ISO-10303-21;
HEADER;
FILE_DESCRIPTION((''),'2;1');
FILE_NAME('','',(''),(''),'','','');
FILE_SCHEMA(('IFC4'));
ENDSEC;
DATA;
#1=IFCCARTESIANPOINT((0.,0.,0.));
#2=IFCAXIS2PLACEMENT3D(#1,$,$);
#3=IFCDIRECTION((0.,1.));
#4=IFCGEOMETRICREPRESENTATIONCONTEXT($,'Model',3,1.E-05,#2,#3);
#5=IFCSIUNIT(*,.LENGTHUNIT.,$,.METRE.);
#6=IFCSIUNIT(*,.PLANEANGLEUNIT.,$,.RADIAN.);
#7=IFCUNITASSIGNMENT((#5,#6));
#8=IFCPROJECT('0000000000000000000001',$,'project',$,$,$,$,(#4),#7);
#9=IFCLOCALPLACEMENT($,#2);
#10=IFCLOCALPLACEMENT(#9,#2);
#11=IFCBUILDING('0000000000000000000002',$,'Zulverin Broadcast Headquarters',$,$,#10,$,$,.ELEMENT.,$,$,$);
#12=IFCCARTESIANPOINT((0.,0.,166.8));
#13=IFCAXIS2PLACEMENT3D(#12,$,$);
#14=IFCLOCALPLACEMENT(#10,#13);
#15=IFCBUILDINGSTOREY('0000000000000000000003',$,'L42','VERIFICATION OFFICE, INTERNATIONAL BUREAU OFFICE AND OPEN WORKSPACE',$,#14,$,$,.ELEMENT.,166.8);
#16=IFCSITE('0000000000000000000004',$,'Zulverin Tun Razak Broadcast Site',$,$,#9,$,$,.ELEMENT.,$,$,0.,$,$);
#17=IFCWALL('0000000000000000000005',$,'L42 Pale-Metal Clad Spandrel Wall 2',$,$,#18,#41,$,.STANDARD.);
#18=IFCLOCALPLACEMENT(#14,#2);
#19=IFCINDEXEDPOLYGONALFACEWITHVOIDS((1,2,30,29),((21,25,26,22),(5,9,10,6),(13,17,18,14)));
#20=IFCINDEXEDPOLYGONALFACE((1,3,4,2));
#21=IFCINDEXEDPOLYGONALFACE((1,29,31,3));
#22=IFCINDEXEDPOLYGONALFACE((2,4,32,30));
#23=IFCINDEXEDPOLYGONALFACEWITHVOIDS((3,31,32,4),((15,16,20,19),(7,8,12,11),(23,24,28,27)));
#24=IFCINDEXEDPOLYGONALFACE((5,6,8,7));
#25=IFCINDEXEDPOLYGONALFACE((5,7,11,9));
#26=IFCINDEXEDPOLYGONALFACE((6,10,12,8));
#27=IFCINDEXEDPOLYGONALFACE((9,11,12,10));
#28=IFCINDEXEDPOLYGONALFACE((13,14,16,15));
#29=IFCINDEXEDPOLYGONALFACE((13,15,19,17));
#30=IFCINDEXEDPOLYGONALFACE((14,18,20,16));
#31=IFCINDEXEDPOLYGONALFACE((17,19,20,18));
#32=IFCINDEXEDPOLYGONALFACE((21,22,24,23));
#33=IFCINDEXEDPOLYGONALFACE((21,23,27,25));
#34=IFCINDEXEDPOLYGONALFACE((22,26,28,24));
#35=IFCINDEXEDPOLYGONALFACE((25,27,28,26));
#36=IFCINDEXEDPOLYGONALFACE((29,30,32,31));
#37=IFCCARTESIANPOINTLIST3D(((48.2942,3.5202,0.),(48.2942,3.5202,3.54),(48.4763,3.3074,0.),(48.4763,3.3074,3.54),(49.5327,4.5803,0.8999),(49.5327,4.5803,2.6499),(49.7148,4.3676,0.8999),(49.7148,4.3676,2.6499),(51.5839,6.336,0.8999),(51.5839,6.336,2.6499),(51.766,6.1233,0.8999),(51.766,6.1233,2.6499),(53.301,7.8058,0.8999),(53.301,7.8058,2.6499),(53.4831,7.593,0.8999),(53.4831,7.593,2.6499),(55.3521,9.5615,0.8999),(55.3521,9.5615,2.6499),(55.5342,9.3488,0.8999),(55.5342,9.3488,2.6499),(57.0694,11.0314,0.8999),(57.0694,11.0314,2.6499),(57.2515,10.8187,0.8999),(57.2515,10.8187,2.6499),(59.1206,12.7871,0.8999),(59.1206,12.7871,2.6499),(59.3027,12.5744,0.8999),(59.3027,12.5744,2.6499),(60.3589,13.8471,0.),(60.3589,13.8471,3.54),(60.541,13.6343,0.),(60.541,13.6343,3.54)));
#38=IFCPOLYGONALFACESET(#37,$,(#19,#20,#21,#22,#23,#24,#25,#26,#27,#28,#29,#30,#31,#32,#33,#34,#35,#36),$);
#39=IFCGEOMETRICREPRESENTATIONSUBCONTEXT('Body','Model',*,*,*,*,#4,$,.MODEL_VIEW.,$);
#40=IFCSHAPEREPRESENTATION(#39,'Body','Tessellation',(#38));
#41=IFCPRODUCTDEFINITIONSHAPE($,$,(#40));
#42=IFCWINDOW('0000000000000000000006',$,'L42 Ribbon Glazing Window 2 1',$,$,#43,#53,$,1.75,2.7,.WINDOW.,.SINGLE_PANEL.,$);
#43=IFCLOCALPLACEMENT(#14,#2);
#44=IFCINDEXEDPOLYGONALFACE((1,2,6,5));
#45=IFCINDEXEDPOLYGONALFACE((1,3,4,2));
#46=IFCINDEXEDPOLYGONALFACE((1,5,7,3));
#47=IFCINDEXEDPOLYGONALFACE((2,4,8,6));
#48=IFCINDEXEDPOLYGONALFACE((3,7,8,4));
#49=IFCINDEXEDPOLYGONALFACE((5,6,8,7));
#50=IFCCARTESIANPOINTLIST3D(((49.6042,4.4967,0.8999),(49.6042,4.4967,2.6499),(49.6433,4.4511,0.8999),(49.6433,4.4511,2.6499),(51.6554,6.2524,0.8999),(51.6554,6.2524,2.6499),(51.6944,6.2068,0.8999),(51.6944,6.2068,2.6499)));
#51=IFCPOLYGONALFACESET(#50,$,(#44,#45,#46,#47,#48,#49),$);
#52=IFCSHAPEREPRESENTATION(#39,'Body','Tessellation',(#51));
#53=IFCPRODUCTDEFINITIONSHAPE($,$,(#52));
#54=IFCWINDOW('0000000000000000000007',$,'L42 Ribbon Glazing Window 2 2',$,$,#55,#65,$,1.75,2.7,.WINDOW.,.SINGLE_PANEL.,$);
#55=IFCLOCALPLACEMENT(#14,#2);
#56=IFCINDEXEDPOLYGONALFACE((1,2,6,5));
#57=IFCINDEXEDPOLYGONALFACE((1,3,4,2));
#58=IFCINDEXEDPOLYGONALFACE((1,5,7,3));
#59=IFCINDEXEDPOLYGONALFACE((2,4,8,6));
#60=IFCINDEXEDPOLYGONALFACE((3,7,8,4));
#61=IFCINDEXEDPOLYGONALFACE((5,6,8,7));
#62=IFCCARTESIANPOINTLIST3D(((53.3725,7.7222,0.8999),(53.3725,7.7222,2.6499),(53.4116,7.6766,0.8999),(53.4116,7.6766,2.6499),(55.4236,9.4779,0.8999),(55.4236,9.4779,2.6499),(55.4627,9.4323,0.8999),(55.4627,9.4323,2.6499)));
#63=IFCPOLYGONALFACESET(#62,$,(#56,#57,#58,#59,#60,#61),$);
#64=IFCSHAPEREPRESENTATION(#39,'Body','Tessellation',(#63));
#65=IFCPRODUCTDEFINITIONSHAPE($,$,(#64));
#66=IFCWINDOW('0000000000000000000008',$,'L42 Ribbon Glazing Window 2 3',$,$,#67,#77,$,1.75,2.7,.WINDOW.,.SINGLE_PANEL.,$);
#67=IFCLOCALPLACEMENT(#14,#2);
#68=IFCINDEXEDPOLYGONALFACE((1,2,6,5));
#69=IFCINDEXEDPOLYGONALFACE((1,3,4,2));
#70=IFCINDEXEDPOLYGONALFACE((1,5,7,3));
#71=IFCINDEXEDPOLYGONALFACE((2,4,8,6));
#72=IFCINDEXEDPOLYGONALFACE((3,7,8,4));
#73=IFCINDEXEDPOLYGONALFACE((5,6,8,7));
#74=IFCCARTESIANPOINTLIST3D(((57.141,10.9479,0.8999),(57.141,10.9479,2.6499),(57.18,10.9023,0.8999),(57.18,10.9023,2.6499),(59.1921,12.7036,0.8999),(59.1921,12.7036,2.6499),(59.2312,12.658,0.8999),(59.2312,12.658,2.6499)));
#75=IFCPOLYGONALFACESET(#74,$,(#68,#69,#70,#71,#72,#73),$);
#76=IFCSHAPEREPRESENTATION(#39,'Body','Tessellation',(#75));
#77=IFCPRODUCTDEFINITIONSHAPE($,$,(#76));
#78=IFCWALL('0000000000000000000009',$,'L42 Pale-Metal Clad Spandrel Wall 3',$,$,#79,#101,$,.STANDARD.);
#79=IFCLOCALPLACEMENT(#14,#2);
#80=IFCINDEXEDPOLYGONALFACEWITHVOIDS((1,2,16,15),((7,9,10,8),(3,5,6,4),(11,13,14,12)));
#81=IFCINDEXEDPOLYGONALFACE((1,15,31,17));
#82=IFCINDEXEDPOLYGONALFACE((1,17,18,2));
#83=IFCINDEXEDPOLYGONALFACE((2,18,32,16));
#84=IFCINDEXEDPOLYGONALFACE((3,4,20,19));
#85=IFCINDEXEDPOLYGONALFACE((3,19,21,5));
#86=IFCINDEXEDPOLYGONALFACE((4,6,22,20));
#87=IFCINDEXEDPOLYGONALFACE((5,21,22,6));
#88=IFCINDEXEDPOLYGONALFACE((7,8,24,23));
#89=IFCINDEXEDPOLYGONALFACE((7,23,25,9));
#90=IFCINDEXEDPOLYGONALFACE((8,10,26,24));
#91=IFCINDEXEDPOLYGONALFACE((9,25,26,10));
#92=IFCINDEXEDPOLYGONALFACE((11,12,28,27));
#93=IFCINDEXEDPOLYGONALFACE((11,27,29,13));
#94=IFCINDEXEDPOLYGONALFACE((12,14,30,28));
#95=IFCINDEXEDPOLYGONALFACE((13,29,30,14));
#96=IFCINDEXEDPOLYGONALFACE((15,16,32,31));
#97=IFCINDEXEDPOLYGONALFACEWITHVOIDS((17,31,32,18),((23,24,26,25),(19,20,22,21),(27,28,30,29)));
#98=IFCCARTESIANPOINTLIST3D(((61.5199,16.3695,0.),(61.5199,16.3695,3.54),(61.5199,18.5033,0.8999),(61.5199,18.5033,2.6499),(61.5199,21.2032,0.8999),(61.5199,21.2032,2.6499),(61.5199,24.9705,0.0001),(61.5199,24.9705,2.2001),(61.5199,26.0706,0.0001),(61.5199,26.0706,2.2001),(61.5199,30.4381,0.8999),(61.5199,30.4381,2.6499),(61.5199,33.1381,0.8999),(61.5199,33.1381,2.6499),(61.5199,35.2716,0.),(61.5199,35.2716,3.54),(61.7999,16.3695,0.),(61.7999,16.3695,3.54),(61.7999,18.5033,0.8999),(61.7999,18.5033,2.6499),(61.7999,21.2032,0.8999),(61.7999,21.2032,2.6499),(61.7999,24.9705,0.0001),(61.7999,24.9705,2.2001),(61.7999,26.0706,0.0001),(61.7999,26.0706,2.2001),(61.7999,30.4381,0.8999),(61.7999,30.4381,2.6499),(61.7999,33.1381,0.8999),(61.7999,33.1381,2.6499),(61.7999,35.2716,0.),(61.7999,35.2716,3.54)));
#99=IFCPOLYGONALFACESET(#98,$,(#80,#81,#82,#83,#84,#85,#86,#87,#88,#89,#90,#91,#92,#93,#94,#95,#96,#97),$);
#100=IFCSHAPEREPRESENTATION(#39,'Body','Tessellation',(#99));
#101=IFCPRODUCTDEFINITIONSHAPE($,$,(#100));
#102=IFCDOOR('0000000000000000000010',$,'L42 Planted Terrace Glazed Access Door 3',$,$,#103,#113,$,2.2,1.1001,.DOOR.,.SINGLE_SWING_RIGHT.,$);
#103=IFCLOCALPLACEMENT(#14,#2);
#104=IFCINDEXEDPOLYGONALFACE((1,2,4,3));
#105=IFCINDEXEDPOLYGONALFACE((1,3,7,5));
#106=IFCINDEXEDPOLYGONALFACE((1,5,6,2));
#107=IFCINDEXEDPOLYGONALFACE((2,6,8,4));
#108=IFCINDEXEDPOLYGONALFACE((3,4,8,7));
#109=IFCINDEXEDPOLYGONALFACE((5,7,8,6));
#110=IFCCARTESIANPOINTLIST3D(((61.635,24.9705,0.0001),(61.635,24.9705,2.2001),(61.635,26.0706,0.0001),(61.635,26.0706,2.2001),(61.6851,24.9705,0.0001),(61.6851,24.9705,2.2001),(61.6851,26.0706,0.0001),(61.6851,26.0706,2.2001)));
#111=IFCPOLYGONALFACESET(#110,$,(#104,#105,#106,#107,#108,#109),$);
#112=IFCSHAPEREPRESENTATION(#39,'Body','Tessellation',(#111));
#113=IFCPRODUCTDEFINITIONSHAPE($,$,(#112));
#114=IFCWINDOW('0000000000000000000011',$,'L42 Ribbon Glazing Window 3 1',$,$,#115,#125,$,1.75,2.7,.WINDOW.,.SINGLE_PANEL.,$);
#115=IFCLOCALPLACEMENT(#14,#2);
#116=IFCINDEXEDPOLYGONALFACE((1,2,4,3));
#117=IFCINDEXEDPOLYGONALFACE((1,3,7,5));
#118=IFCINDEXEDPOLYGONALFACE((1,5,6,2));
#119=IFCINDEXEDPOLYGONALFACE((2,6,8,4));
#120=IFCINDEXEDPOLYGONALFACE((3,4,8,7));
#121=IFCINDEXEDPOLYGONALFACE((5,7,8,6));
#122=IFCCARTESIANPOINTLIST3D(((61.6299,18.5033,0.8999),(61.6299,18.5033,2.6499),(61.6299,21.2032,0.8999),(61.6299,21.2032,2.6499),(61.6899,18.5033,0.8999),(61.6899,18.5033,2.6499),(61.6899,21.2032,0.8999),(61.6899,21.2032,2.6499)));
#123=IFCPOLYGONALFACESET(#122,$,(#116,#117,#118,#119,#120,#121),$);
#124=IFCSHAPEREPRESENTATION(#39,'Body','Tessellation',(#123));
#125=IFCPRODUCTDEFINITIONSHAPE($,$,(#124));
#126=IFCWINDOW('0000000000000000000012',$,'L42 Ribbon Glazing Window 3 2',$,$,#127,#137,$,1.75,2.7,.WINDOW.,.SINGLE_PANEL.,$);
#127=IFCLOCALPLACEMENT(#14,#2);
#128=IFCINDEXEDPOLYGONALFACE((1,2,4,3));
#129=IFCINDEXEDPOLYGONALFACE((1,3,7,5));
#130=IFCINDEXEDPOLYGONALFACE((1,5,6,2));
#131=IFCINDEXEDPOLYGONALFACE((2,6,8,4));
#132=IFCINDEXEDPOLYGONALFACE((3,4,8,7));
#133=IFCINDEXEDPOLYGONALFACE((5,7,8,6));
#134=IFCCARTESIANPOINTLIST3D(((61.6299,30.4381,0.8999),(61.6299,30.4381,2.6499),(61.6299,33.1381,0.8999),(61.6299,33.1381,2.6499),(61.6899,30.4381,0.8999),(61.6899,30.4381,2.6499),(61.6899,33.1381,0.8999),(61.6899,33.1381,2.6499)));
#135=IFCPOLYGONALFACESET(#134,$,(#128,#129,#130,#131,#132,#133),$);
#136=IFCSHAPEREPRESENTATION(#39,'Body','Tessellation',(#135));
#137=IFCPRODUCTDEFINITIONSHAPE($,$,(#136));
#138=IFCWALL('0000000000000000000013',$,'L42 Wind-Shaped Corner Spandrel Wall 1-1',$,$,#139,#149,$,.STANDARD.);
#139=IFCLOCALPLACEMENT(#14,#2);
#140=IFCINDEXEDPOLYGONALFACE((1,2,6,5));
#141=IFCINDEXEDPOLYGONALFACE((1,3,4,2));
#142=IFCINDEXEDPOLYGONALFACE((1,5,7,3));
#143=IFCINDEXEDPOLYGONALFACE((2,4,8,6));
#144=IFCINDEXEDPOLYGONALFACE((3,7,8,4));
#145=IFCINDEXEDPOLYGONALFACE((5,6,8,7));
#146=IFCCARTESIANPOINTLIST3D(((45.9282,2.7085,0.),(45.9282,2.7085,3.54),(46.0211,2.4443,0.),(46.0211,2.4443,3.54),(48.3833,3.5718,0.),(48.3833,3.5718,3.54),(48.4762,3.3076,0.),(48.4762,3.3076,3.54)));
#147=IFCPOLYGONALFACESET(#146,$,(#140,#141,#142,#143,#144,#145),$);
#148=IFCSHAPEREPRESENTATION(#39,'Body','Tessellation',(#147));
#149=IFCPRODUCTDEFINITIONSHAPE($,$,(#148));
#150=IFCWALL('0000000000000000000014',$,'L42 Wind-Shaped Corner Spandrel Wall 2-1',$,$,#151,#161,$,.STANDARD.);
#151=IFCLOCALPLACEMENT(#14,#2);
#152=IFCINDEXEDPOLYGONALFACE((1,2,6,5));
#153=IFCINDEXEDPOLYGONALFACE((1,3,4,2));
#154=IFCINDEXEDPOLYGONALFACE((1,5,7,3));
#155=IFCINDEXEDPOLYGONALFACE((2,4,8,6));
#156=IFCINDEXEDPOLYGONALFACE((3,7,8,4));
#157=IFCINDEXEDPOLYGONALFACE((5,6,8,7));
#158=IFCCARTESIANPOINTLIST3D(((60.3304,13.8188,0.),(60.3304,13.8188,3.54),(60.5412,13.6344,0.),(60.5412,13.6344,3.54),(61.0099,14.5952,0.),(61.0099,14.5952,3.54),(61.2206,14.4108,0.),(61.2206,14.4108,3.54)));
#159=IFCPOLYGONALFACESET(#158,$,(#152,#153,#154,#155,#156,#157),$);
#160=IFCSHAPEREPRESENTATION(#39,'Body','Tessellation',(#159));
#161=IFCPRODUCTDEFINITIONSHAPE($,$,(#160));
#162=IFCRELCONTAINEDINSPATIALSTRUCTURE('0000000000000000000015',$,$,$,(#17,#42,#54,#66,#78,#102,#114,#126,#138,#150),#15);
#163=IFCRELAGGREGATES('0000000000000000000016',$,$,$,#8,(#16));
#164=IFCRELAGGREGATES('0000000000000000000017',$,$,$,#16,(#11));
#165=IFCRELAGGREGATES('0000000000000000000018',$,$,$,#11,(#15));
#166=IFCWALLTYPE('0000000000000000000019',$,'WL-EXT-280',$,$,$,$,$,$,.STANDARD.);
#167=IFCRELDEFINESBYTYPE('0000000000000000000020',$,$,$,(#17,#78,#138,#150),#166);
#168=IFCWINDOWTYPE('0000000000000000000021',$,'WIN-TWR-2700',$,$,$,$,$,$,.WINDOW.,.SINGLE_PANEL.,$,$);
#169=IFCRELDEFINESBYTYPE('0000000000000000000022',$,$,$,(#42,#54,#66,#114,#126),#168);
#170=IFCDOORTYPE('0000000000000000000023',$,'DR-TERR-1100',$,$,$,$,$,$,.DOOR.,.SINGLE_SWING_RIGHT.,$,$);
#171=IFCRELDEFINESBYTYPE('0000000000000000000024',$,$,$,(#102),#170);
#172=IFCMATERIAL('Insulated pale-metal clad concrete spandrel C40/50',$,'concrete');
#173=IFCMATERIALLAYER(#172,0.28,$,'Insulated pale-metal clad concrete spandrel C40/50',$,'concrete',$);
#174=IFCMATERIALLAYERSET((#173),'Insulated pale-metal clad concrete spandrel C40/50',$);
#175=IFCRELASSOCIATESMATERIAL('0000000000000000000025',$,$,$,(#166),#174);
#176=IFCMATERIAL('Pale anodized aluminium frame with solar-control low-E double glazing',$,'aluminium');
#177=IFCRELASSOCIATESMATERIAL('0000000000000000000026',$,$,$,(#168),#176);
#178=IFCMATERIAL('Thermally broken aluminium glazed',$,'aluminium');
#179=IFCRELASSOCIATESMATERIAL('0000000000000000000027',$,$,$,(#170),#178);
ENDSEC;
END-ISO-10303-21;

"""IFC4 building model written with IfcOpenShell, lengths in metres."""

from ifc_helpers import new_model, si_unit, direction, frame, frame_2d, origin, place, context, subcontext, project, spatial, rectangle, extrude, material, layer, layer_set, type_object, element, fill, save


model = new_model("IFC4")

# Units and contexts
model_context = context("Model", 3, precision=1e-05, world=origin(), true_north=direction((0.0, 1.0)))
body_context = subcontext(model_context, "Body", "Model", "MODEL_VIEW")
ifc_project = project(units=[si_unit("LENGTHUNIT", "METRE"), si_unit("PLANEANGLEUNIT", "RADIAN")], contexts=[model_context])

# Site, building, storey
site_placement = place(None, origin())
site = spatial("IfcSite", under=ifc_project, at=site_placement, Name="Zulverin Tun Razak Broadcast Site", CompositionType="ELEMENT", RefElevation=0.0)
building_placement = place(site_placement, origin())
building = spatial("IfcBuilding", under=site, at=building_placement, Name="Zulverin Broadcast Headquarters", CompositionType="ELEMENT")
storey_placement = place(building_placement, frame((0.0, 0.0, 166.8)))
storey = spatial("IfcBuildingStorey", under=building, at=storey_placement, Name="L42", Description="VERIFICATION OFFICE, INTERNATIONAL BUREAU OFFICE AND OPEN WORKSPACE", CompositionType="ELEMENT", Elevation=166.8)

# Wall, openings, windows
ifc_material_1 = material(Name="Insulated pale-metal clad concrete spandrel C40/50", Category="concrete")
ifc_layer_1 = layer(ifc_material_1, 0.28, Name="Insulated pale-metal clad concrete spandrel C40/50", Category="concrete")
ifc_layer_set_1 = layer_set([ifc_layer_1], Name="Insulated pale-metal clad concrete spandrel C40/50")
wall_type_1 = type_object("IfcWallType", Name="WL-EXT-280", PredefinedType="STANDARD", material=ifc_layer_set_1)
wall_1_placement = place(storey_placement, frame((48.3853, 3.4138, 0.0), z_axis=(0.0, 0.0, 1.0), x_axis=(0.7597, 0.650273, 0.0)))
wall_1 = element("IfcWall", 1, at=wall_1_placement, inside=storey, type_object=wall_type_1, Name="L42 Pale-Metal Clad Spandrel Wall 2", PredefinedType="STANDARD", context=body_context, shape_type="SweptSolid", body=[
    extrude(rectangle(XDim=15.8809, YDim=0.28, at=frame_2d((7.9404, 0.0))), origin(), (0.0, 0.0, 1.0), 3.54),
])
opening_1_placement = place(wall_1_placement, frame((1.6301, 0.0, 0.8999)))
opening_1 = element("IfcOpeningElement", 2, at=opening_1_placement, cuts=wall_1, PredefinedType="OPENING", context=body_context, shape_type="SweptSolid", body=[
    extrude(rectangle(XDim=2.7, YDim=1.75, at=frame_2d((1.3501, 0.875))), frame((0.0, 0.1499, 0.0), z_axis=(0.0, -1.0, 0.0), x_axis=(1.0, 0.0, 0.0)), (0.0, 0.0, 1.0), 0.3),
])
opening_2_placement = place(wall_1_placement, frame((6.5903, 0.0, 0.8999)))
opening_2 = element("IfcOpeningElement", 3, at=opening_2_placement, cuts=wall_1, PredefinedType="OPENING", context=body_context, shape_type="SweptSolid", body=[
    extrude(rectangle(XDim=2.7, YDim=1.75, at=frame_2d((1.3501, 0.875))), frame((0.0, 0.1499, 0.0), z_axis=(0.0, -1.0, 0.0), x_axis=(1.0, 0.0, 0.0)), (0.0, 0.0, 1.0), 0.3),
])
opening_3_placement = place(wall_1_placement, frame((11.5508, 0.0, 0.8999)))
opening_3 = element("IfcOpeningElement", 4, at=opening_3_placement, cuts=wall_1, PredefinedType="OPENING", context=body_context, shape_type="SweptSolid", body=[
    extrude(rectangle(XDim=2.7, YDim=1.75, at=frame_2d((1.3501, 0.875))), frame((0.0, 0.1499, 0.0), z_axis=(0.0, -1.0, 0.0), x_axis=(1.0, 0.0, 0.0)), (0.0, 0.0, 1.0), 0.3),
])
ifc_material_2 = material(Name="Pale anodized aluminium frame with solar-control low-E double glazing", Category="aluminium")
window_type = type_object("IfcWindowType", Name="WIN-TWR-2700", PartitioningType="SINGLE_PANEL", PredefinedType="WINDOW", material=ifc_material_2)
window_1_placement = place(opening_1_placement, origin())
window_1 = element("IfcWindow", 5, at=window_1_placement, inside=storey, type_object=window_type, Name="L42 Ribbon Glazing Window 2 1", OverallHeight=1.75, OverallWidth=2.7, PartitioningType="SINGLE_PANEL", PredefinedType="WINDOW", context=body_context, shape_type="SweptSolid", body=[
    extrude(rectangle(XDim=2.7, YDim=1.75, at=frame_2d((1.3501, 0.875))), frame((0.0, 0.03, 0.0), z_axis=(0.0, -1.0, 0.0), x_axis=(1.0, 0.0, 0.0)), (0.0, 0.0, 1.0), 0.0601),
])
fill(opening_1, window_1)
window_2_placement = place(opening_2_placement, origin())
window_2 = element("IfcWindow", 6, at=window_2_placement, inside=storey, type_object=window_type, Name="L42 Ribbon Glazing Window 2 2", OverallHeight=1.75, OverallWidth=2.7, PartitioningType="SINGLE_PANEL", PredefinedType="WINDOW", context=body_context, shape_type="SweptSolid", body=[
    extrude(rectangle(XDim=2.7, YDim=1.75, at=frame_2d((1.3501, 0.875))), frame((0.0, 0.03, 0.0), z_axis=(0.0, -1.0, 0.0), x_axis=(1.0, 0.0, 0.0)), (0.0, 0.0, 1.0), 0.0601),
])
fill(opening_2, window_2)
window_3_placement = place(opening_3_placement, origin())
window_3 = element("IfcWindow", 7, at=window_3_placement, inside=storey, type_object=window_type, Name="L42 Ribbon Glazing Window 2 3", OverallHeight=1.75, OverallWidth=2.7, PartitioningType="SINGLE_PANEL", PredefinedType="WINDOW", context=body_context, shape_type="SweptSolid", body=[
    extrude(rectangle(XDim=2.7, YDim=1.75, at=frame_2d((1.3501, 0.875))), frame((0.0, 0.03, 0.0), z_axis=(0.0, -1.0, 0.0), x_axis=(1.0, 0.0, 0.0)), (0.0, 0.0, 1.0), 0.0601),
])
fill(opening_3, window_3)

# Wall, openings, door, windows
wall_2_placement = place(storey_placement, frame((61.6599, 16.3694, 0.0), z_axis=(0.0, 0.0, 1.0), x_axis=(0.0, 1.0, 0.0)))
wall_2 = element("IfcWall", 8, at=wall_2_placement, inside=storey, type_object=wall_type_1, Name="L42 Pale-Metal Clad Spandrel Wall 3", PredefinedType="STANDARD", context=body_context, shape_type="SweptSolid", body=[
    extrude(rectangle(XDim=18.9021, YDim=0.28, at=frame_2d((9.4512, 0.0))), origin(), (0.0, 0.0, 1.0), 3.54),
])
opening_4_placement = place(wall_2_placement, frame((8.6011, 0.0, 0.0)))
opening_4 = element("IfcOpeningElement", 9, at=opening_4_placement, cuts=wall_2, PredefinedType="OPENING", context=body_context, shape_type="SweptSolid", body=[
    extrude(rectangle(XDim=1.1001, YDim=2.2, at=frame_2d((0.55, 1.1001))), frame((0.0, 0.1499, 0.0), z_axis=(0.0, -1.0, 0.0), x_axis=(1.0, 0.0, 0.0)), (0.0, 0.0, 1.0), 0.3),
])
opening_5_placement = place(wall_2_placement, frame((2.1338, 0.0, 0.8999)))
opening_5 = element("IfcOpeningElement", 10, at=opening_5_placement, cuts=wall_2, PredefinedType="OPENING", context=body_context, shape_type="SweptSolid", body=[
    extrude(rectangle(XDim=2.7, YDim=1.75, at=frame_2d((1.3501, 0.875))), frame((0.0, 0.1499, 0.0), z_axis=(0.0, -1.0, 0.0), x_axis=(1.0, 0.0, 0.0)), (0.0, 0.0, 1.0), 0.3),
])
opening_6_placement = place(wall_2_placement, frame((14.0686, 0.0, 0.8999)))
opening_6 = element("IfcOpeningElement", 11, at=opening_6_placement, cuts=wall_2, PredefinedType="OPENING", context=body_context, shape_type="SweptSolid", body=[
    extrude(rectangle(XDim=2.7, YDim=1.75, at=frame_2d((1.3501, 0.875))), frame((0.0, 0.1499, 0.0), z_axis=(0.0, -1.0, 0.0), x_axis=(1.0, 0.0, 0.0)), (0.0, 0.0, 1.0), 0.3),
])
ifc_material_3 = material(Name="Thermally broken aluminium glazed", Category="aluminium")
door_type = type_object("IfcDoorType", Name="DR-TERR-1100", OperationType="SINGLE_SWING_RIGHT", PredefinedType="DOOR", material=ifc_material_3)
door_placement = place(opening_4_placement, origin())
door = element("IfcDoor", 12, at=door_placement, inside=storey, type_object=door_type, Name="L42 Planted Terrace Glazed Access Door 3", OperationType="SINGLE_SWING_RIGHT", OverallHeight=2.2, OverallWidth=1.1001, PredefinedType="DOOR", context=body_context, shape_type="SweptSolid", body=[
    extrude(rectangle(XDim=1.1001, YDim=2.2, at=frame_2d((0.55, 1.1001))), frame((0.0, 0.0249, 0.0), z_axis=(0.0, -1.0, 0.0), x_axis=(1.0, 0.0, 0.0)), (0.0, 0.0, 1.0), 0.05),
])
fill(opening_4, door)
window_4_placement = place(opening_5_placement, origin())
window_4 = element("IfcWindow", 13, at=window_4_placement, inside=storey, type_object=window_type, Name="L42 Ribbon Glazing Window 3 1", OverallHeight=1.75, OverallWidth=2.7, PartitioningType="SINGLE_PANEL", PredefinedType="WINDOW", context=body_context, shape_type="SweptSolid", body=[
    extrude(rectangle(XDim=2.7, YDim=1.75, at=frame_2d((1.3501, 0.875))), frame((0.0, 0.03, 0.0), z_axis=(0.0, -1.0, 0.0), x_axis=(1.0, 0.0, 0.0)), (0.0, 0.0, 1.0), 0.0601),
])
fill(opening_5, window_4)
window_5_placement = place(opening_6_placement, origin())
window_5 = element("IfcWindow", 14, at=window_5_placement, inside=storey, type_object=window_type, Name="L42 Ribbon Glazing Window 3 2", OverallHeight=1.75, OverallWidth=2.7, PartitioningType="SINGLE_PANEL", PredefinedType="WINDOW", context=body_context, shape_type="SweptSolid", body=[
    extrude(rectangle(XDim=2.7, YDim=1.75, at=frame_2d((1.3501, 0.875))), frame((0.0, 0.03, 0.0), z_axis=(0.0, -1.0, 0.0), x_axis=(1.0, 0.0, 0.0)), (0.0, 0.0, 1.0), 0.0601),
])
fill(opening_6, window_5)

# Walls
wall_3_placement = place(storey_placement, frame((45.9746, 2.5764, 0.0), z_axis=(0.0, 0.0, 1.0), x_axis=(0.943378, 0.331721, 0.0)))
element("IfcWall", 15, at=wall_3_placement, inside=storey, type_object=wall_type_1, Name="L42 Wind-Shaped Corner Spandrel Wall 1-1", PredefinedType="STANDARD", context=body_context, shape_type="SweptSolid", body=[
    extrude(rectangle(XDim=2.6025, YDim=0.28, at=frame_2d((1.3013, 0.0))), origin(), (0.0, 0.0, 1.0), 3.54),
])
wall_4_placement = place(storey_placement, frame((60.4358, 13.7266, 0.0), z_axis=(0.0, 0.0, 1.0), x_axis=(0.658572, 0.752518, 0.0)))
element("IfcWall", 16, at=wall_4_placement, inside=storey, type_object=wall_type_1, Name="L42 Wind-Shaped Corner Spandrel Wall 2-1", PredefinedType="STANDARD", context=body_context, shape_type="SweptSolid", body=[
    extrude(rectangle(XDim=1.0317, YDim=0.28, at=frame_2d((0.5159, 0.0))), origin(), (0.0, 0.0, 1.0), 3.54),
])

save(model, "model.ifc")
